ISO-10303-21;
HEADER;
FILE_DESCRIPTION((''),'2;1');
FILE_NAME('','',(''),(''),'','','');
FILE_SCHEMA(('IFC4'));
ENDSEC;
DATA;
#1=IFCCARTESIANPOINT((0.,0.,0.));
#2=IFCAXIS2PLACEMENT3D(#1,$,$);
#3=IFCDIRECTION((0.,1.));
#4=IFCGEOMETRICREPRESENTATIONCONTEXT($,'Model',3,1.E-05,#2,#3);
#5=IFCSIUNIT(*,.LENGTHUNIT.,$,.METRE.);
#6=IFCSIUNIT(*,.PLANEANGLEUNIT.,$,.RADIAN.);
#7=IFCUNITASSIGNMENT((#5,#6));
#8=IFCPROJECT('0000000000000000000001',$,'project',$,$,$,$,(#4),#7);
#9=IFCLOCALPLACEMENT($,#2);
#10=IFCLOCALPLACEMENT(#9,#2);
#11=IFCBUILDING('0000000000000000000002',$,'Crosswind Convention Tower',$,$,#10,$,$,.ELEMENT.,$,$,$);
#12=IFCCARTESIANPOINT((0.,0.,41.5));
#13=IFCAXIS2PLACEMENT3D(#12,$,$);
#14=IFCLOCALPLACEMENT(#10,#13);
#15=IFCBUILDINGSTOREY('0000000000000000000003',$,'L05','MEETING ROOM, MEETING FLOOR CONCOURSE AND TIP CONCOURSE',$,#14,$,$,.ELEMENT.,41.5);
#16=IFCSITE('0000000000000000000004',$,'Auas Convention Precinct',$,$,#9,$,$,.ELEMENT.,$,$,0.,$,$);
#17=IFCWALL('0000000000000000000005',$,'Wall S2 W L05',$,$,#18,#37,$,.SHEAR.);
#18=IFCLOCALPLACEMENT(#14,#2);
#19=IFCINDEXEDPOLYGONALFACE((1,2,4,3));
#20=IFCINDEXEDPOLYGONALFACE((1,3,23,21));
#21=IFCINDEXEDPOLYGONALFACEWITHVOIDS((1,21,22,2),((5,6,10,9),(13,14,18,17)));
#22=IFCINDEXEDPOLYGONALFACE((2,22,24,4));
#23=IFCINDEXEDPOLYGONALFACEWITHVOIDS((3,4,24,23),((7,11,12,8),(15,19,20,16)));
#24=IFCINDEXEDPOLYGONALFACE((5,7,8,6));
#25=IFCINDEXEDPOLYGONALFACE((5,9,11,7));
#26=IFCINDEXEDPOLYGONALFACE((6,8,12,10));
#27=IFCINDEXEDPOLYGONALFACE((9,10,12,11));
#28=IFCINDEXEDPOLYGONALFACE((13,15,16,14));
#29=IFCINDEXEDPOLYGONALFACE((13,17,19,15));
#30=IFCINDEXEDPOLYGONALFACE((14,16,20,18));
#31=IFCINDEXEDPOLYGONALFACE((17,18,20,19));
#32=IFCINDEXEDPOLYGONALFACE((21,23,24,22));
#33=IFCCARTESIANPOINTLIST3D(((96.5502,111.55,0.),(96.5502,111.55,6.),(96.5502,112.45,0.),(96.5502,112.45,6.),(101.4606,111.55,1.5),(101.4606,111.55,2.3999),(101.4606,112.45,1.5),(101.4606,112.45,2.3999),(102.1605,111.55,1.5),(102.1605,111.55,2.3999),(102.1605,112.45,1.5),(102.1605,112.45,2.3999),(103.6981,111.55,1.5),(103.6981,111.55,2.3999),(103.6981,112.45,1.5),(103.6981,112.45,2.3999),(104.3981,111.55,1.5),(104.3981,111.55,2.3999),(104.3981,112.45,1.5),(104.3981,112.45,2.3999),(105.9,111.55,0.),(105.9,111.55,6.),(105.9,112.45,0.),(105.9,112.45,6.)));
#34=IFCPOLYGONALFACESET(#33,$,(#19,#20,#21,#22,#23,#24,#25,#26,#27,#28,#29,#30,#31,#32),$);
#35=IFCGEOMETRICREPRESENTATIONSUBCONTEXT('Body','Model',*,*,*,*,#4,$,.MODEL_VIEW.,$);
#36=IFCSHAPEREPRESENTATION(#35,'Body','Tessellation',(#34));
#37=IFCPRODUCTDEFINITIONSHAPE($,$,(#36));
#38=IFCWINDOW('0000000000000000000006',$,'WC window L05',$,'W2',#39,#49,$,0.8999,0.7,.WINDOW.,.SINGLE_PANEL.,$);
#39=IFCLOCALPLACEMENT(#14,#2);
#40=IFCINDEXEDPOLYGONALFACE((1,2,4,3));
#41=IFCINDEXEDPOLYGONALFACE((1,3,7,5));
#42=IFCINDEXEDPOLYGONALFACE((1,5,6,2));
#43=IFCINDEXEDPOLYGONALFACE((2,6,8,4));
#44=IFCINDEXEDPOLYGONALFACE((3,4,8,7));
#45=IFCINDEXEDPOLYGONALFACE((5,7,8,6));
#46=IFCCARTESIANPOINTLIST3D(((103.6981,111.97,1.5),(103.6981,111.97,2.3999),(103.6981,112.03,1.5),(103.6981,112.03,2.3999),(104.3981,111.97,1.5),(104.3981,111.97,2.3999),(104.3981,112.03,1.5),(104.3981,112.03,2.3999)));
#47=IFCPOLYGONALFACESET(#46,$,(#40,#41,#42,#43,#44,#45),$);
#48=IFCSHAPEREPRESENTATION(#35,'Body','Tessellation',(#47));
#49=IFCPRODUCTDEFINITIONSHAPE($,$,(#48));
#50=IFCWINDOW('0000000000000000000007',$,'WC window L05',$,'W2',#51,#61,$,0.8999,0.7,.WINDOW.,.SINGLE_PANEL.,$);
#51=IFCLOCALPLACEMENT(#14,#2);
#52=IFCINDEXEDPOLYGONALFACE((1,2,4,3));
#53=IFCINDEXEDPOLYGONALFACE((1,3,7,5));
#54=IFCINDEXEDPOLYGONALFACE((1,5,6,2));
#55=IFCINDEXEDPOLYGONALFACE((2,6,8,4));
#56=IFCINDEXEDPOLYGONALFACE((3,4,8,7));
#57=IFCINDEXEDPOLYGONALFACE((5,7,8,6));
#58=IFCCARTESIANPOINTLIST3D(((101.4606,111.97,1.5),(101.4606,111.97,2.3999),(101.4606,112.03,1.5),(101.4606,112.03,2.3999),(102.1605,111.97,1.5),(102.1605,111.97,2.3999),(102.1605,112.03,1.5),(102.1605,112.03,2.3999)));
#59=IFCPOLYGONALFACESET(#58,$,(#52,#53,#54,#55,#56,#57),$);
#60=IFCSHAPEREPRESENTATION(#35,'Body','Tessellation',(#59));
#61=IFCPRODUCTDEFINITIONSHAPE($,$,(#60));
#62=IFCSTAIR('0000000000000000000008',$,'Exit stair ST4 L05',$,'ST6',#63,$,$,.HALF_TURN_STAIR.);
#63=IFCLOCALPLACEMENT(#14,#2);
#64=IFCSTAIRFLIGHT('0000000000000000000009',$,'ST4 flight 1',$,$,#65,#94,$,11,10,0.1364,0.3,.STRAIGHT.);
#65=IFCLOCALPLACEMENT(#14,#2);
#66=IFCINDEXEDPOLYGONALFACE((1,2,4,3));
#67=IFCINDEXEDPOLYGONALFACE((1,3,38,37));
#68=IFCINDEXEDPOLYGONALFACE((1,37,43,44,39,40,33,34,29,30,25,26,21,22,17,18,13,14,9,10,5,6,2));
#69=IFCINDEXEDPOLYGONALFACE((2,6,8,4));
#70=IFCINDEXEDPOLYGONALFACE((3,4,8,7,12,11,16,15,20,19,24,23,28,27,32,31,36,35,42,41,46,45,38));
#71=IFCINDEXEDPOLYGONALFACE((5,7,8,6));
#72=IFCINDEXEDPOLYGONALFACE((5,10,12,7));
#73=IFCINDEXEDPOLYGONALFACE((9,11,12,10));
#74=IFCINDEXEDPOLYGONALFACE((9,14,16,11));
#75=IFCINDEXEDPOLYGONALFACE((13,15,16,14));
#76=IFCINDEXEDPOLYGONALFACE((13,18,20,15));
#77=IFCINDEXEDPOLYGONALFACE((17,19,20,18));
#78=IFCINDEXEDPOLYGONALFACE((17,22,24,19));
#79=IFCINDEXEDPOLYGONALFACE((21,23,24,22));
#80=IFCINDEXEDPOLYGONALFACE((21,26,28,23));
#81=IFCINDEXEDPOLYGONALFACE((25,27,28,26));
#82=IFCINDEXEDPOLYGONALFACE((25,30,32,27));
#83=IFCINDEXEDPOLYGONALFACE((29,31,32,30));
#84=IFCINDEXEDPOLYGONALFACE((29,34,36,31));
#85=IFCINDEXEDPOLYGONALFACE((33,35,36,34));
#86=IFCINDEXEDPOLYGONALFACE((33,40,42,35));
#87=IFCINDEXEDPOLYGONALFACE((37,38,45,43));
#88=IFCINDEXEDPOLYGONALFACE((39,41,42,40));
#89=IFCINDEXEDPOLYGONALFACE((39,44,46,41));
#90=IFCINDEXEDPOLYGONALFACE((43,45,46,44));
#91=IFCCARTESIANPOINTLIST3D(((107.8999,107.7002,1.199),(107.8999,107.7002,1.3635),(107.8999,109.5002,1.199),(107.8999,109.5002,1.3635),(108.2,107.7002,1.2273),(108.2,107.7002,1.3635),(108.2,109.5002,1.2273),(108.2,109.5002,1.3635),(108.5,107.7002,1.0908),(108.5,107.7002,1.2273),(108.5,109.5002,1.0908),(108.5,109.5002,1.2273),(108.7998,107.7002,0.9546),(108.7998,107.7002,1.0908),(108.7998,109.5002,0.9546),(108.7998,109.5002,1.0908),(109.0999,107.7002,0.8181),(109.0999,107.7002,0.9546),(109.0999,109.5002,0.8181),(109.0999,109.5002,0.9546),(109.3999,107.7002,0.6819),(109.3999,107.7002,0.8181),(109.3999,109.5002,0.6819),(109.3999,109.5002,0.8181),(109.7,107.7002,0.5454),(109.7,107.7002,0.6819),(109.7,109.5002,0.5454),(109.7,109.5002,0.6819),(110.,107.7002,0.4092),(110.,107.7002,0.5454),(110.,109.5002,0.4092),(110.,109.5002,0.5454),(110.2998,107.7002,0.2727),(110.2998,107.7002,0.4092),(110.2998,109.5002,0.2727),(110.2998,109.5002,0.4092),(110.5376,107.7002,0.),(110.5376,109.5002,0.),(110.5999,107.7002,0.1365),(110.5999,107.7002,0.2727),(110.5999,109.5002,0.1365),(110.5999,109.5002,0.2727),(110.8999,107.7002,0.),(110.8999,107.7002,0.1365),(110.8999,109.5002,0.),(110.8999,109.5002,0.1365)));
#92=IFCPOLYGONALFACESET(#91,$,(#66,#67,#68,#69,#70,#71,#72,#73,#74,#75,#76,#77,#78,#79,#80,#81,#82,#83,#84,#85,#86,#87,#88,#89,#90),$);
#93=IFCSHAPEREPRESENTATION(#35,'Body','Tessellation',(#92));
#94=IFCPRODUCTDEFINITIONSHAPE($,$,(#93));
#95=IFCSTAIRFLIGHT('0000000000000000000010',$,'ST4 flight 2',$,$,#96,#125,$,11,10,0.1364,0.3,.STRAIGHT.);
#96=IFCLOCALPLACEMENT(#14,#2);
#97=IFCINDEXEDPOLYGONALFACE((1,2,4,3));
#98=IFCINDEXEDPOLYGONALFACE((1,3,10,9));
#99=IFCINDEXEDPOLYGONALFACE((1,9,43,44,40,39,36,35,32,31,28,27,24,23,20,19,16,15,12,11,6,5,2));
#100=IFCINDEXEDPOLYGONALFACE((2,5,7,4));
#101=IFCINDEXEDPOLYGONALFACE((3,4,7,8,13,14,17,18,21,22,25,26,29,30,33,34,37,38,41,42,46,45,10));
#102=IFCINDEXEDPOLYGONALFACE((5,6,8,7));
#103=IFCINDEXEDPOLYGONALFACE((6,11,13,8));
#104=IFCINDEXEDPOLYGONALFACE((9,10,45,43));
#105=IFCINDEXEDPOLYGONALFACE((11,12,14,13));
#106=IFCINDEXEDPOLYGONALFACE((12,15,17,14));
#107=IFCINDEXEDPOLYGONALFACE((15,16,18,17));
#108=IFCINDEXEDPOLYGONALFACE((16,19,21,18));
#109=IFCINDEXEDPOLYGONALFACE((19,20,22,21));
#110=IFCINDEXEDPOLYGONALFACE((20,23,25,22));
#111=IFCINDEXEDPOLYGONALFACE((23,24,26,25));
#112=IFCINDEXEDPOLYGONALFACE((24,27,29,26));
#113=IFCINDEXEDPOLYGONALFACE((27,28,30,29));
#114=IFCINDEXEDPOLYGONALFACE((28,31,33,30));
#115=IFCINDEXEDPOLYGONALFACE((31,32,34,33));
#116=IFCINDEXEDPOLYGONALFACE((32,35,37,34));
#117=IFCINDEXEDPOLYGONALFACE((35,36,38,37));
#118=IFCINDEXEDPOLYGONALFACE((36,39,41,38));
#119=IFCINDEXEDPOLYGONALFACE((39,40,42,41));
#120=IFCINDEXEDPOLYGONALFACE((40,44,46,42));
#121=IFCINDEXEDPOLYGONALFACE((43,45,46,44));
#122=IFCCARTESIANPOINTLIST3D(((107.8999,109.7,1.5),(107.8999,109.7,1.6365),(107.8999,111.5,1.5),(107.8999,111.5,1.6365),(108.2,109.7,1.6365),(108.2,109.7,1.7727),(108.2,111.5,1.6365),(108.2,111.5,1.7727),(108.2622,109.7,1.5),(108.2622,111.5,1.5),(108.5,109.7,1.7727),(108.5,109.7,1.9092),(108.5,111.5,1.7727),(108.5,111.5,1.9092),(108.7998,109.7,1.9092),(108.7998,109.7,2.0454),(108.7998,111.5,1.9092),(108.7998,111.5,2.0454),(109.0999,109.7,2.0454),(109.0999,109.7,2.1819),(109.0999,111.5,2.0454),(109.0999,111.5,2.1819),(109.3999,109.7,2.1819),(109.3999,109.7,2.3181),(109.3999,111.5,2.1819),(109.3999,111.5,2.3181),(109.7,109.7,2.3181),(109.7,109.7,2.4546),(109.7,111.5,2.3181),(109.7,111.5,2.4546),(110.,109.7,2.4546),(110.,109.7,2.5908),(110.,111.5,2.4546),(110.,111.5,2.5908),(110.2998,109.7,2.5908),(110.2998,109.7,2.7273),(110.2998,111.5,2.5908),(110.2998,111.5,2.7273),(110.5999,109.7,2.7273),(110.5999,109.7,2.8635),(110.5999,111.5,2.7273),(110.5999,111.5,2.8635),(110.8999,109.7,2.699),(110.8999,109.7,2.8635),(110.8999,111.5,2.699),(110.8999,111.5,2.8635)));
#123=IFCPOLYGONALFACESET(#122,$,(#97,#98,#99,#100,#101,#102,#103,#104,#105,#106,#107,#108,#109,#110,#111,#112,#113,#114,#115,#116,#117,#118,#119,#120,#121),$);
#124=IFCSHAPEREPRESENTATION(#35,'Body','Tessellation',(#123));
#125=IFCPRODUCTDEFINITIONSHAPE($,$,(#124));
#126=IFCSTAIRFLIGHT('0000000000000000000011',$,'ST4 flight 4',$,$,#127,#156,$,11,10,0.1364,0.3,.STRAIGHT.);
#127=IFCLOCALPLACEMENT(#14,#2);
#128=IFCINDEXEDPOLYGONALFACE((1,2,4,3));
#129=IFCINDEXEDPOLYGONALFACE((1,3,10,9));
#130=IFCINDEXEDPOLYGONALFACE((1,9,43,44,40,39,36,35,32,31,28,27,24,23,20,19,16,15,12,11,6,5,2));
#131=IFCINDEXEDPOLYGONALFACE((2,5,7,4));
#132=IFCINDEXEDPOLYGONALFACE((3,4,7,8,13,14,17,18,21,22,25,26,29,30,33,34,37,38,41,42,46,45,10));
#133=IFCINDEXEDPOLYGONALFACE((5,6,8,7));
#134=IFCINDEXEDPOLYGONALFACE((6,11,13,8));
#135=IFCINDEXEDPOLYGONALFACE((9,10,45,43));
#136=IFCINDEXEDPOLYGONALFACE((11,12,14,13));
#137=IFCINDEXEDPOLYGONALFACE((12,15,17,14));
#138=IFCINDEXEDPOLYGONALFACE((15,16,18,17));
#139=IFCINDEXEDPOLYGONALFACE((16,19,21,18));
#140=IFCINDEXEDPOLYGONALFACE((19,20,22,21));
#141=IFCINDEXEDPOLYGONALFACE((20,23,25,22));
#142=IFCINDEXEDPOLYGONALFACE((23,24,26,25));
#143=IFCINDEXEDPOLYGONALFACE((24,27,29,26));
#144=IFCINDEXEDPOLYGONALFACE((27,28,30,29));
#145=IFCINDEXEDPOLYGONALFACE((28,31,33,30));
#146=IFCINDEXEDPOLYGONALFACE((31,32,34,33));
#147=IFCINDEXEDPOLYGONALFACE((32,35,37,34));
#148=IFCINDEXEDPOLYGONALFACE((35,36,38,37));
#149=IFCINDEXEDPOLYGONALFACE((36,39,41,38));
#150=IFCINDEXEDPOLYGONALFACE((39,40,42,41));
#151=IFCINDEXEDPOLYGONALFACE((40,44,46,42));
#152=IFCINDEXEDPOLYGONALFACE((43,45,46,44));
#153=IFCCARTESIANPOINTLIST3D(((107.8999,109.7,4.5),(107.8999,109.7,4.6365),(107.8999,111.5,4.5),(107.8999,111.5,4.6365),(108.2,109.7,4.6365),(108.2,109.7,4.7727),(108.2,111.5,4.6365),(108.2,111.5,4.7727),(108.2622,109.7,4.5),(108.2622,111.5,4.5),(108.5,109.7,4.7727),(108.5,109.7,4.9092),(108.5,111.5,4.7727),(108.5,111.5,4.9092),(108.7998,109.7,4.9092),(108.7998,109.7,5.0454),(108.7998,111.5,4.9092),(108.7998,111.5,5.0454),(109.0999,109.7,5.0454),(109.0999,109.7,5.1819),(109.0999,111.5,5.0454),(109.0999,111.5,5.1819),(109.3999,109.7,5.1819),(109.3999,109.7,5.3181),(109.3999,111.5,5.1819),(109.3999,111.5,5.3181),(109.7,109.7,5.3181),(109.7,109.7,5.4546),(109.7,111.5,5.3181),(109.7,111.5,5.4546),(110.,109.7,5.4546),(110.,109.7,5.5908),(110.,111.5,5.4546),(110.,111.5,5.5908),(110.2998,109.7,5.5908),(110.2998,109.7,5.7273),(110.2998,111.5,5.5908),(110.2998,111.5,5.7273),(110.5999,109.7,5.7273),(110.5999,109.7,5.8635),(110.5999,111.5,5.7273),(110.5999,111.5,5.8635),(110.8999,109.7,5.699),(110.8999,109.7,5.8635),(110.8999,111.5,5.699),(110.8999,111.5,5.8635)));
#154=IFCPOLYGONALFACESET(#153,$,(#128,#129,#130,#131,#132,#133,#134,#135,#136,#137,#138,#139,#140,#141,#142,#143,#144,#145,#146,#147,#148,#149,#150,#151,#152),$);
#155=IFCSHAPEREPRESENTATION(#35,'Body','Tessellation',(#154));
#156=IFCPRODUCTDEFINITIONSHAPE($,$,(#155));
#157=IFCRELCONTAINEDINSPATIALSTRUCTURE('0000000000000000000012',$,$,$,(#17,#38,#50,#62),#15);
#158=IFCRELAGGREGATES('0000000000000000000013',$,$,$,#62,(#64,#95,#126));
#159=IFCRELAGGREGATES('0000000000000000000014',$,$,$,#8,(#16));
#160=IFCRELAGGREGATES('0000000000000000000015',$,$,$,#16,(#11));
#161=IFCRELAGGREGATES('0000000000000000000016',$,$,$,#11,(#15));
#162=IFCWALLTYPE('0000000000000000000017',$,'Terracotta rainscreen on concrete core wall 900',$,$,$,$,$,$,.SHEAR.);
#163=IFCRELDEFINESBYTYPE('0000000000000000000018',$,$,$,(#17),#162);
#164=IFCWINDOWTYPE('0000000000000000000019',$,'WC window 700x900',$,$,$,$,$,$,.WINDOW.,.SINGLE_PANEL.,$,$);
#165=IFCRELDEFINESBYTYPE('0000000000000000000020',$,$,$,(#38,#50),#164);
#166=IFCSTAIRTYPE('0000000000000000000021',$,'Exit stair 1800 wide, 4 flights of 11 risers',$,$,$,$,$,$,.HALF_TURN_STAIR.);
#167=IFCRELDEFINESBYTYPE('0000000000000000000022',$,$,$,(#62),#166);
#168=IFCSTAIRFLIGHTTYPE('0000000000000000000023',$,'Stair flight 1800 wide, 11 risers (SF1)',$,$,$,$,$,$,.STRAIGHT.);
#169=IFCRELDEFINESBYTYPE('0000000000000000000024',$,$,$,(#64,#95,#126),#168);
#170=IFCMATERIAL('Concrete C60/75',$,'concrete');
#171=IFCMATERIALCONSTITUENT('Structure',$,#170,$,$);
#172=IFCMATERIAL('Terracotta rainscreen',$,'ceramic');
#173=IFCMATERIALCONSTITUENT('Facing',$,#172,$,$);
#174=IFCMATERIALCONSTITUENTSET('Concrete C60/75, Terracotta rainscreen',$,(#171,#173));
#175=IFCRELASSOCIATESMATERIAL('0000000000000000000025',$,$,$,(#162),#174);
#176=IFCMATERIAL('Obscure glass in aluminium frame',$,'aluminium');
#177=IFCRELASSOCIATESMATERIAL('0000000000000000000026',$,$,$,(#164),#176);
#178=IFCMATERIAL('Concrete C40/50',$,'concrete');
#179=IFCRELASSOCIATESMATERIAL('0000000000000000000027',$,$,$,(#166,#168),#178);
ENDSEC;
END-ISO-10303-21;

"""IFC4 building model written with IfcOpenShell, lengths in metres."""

from ifc_helpers import new_model, si_unit, direction, frame, frame_2d, origin, place, context, subcontext, project, spatial, polyline, rectangle, outline, extrude, material, constituent, constituent_set, type_object, element, fill, aggregate, save


model = new_model("IFC4")

# Units and contexts
model_context = context("Model", 3, precision=1e-05, world=origin(), true_north=direction((0.0, 1.0)))
body_context = subcontext(model_context, "Body", "Model", "MODEL_VIEW")
ifc_project = project(units=[si_unit("LENGTHUNIT", "METRE"), si_unit("PLANEANGLEUNIT", "RADIAN")], contexts=[model_context])

# Site, building, storey
site_placement = place(None, origin())
site = spatial("IfcSite", under=ifc_project, at=site_placement, Name="Auas Convention Precinct", CompositionType="ELEMENT", RefElevation=0.0)
building_placement = place(site_placement, origin())
building = spatial("IfcBuilding", under=site, at=building_placement, Name="Crosswind Convention Tower", CompositionType="ELEMENT")
storey_placement = place(building_placement, frame((0.0, 0.0, 41.5)))
storey = spatial("IfcBuildingStorey", under=building, at=storey_placement, Name="L05", Description="MEETING ROOM, MEETING FLOOR CONCOURSE AND TIP CONCOURSE", CompositionType="ELEMENT", Elevation=41.5)

# Wall, openings, windows
ifc_material_1 = material(Name="Concrete C60/75", Category="concrete")
ifc_constituent_1 = constituent(ifc_material_1, Name="Structure")
ifc_material_2 = material(Name="Terracotta rainscreen", Category="ceramic")
ifc_constituent_2 = constituent(ifc_material_2, Name="Facing")
ifc_constituent_set = constituent_set(constituents=[ifc_constituent_1, ifc_constituent_2], Name="Concrete C60/75, Terracotta rainscreen")
wall_type_1 = type_object("IfcWallType", Name="Terracotta rainscreen on concrete core wall 900", PredefinedType="SHEAR", material=ifc_constituent_set)
wall_1_placement = place(storey_placement, frame((105.8999, 112.0, 0.0), z_axis=(0.0, 0.0, 1.0), x_axis=(-1.0, 0.0, 0.0)))
wall_1 = element("IfcWall", 1, at=wall_1_placement, inside=storey, type_object=wall_type_1, Name="Wall S2 W L05", PredefinedType="SHEAR", context=body_context, shape_type="SweptSolid", body=[
    extrude(rectangle(XDim=9.3499, YDim=0.8999, at=frame_2d((4.6748, 0.0))), origin(), (0.0, 0.0, 1.0), 6.0),
])
opening_1_placement = place(wall_1_placement, frame((1.5017, 0.0, 1.5)))
opening_1 = element("IfcOpeningElement", 2, at=opening_1_placement, cuts=wall_1, PredefinedType="OPENING", context=body_context, shape_type="SweptSolid", body=[
    extrude(rectangle(XDim=0.7, YDim=0.8999, at=frame_2d((0.3501, 0.45))), frame((0.0, 0.46, 0.0), z_axis=(0.0, -1.0, 0.0), x_axis=(1.0, 0.0, 0.0)), (0.0, 0.0, 1.0), 0.9199),
])
opening_2_placement = place(wall_1_placement, frame((3.7393, 0.0, 1.5)))
opening_2 = element("IfcOpeningElement", 3, at=opening_2_placement, cuts=wall_1, PredefinedType="OPENING", context=body_context, shape_type="SweptSolid", body=[
    extrude(rectangle(XDim=0.7, YDim=0.8999, at=frame_2d((0.3501, 0.45))), frame((0.0, 0.46, 0.0), z_axis=(0.0, -1.0, 0.0), x_axis=(1.0, 0.0, 0.0)), (0.0, 0.0, 1.0), 0.9199),
])
ifc_material_3 = material(Name="Obscure glass in aluminium frame", Category="aluminium")
window_type = type_object("IfcWindowType", Name="WC window 700x900", PartitioningType="SINGLE_PANEL", PredefinedType="WINDOW", material=ifc_material_3)
window_1_placement = place(opening_1_placement, origin())
window_1 = element("IfcWindow", 4, at=window_1_placement, inside=storey, type_object=window_type, Name="WC window L05", ObjectType="W2", OverallHeight=0.8999, OverallWidth=0.7, PartitioningType="SINGLE_PANEL", PredefinedType="WINDOW", context=body_context, shape_type="SweptSolid", body=[
    extrude(rectangle(XDim=0.7, YDim=0.8999, at=frame_2d((0.3501, 0.45))), frame((0.0, 0.03, 0.0), z_axis=(0.0, -1.0, 0.0), x_axis=(1.0, 0.0, 0.0)), (0.0, 0.0, 1.0), 0.0601),
])
fill(opening_1, window_1)
window_2_placement = place(opening_2_placement, origin())
window_2 = element("IfcWindow", 5, at=window_2_placement, inside=storey, type_object=window_type, Name="WC window L05", ObjectType="W2", OverallHeight=0.8999, OverallWidth=0.7, PartitioningType="SINGLE_PANEL", PredefinedType="WINDOW", context=body_context, shape_type="SweptSolid", body=[
    extrude(rectangle(XDim=0.7, YDim=0.8999, at=frame_2d((0.3501, 0.45))), frame((0.0, 0.03, 0.0), z_axis=(0.0, -1.0, 0.0), x_axis=(1.0, 0.0, 0.0)), (0.0, 0.0, 1.0), 0.0601),
])
fill(opening_2, window_2)

# Stair, stair flights
ifc_material_4 = material(Name="Concrete C40/50", Category="concrete")
stair_type = type_object("IfcStairType", Name="Exit stair 1800 wide, 4 flights of 11 risers", PredefinedType="HALF_TURN_STAIR", material=ifc_material_4)
stair_placement = place(storey_placement, origin())
stair = element("IfcStair", 6, at=stair_placement, inside=storey, type_object=stair_type, Name="Exit stair ST4 L05", ObjectType="ST6", PredefinedType="HALF_TURN_STAIR")
stair_flight_type = type_object("IfcStairFlightType", Name="Stair flight 1800 wide, 11 risers (SF1)", PredefinedType="STRAIGHT", material=ifc_material_4)
stair_flight_1_placement = place(storey_placement, frame((110.8999, 108.6001, 0.0), z_axis=(0.0, 0.0, 1.0), x_axis=(-1.0, 0.0, 0.0)))
stair_flight_1 = element("IfcStairFlight", 7, at=stair_flight_1_placement, type_object=stair_flight_type, Name="ST4 flight 1", NumberOfRisers=11, NumberOfTreads=10, PredefinedType="STRAIGHT", RiserHeight=0.1364, TreadLength=0.3, context=body_context, shape_type="SweptSolid", body=[
    extrude(outline(polyline([(0.0, 0.0), (0.0, 0.1365), (0.3, 0.1365), (0.3, 0.2727), (0.6001, 0.2727), (0.6001, 0.4092), (0.8999, 0.4092), (0.8999, 0.5454), (1.2, 0.5454), (1.2, 0.6819), (1.5, 0.6819), (1.5, 0.8181), (1.8, 0.8181), (1.8, 0.9546), (2.1001, 0.9546), (2.1001, 1.0908), (2.3999, 1.0908), (2.3999, 1.2273), (2.7, 1.2273), (2.7, 1.3635), (3.0, 1.3635), (3.0, 1.5), (3.0, 1.199), (0.3623, 0.0), (0.0, 0.0)])), frame((0.0, 0.8999, 0.0), z_axis=(0.0, -1.0, 0.0), x_axis=(1.0, 0.0, 0.0)), (0.0, 0.0, 1.0), 1.8),
])
stair_flight_2_placement = place(storey_placement, frame((107.8999, 110.6001, 1.5), z_axis=(0.0, 0.0, 1.0), x_axis=(1.0, 0.0, 0.0)))
stair_flight_2 = element("IfcStairFlight", 8, at=stair_flight_2_placement, type_object=stair_flight_type, Name="ST4 flight 2", NumberOfRisers=11, NumberOfTreads=10, PredefinedType="STRAIGHT", RiserHeight=0.1364, TreadLength=0.3, context=body_context, shape_type="SweptSolid", body=[
    extrude(outline(polyline([(0.0, 0.0), (0.0, 0.1365), (0.3, 0.1365), (0.3, 0.2727), (0.6001, 0.2727), (0.6001, 0.4092), (0.8999, 0.4092), (0.8999, 0.5454), (1.2, 0.5454), (1.2, 0.6819), (1.5, 0.6819), (1.5, 0.8181), (1.8, 0.8181), (1.8, 0.9546), (2.1001, 0.9546), (2.1001, 1.0908), (2.3999, 1.0908), (2.3999, 1.2273), (2.7, 1.2273), (2.7, 1.3635), (3.0, 1.3635), (3.0, 1.5), (3.0, 1.199), (0.3623, 0.0), (0.0, 0.0)])), frame((0.0, 0.8999, 0.0), z_axis=(0.0, -1.0, 0.0), x_axis=(1.0, 0.0, 0.0)), (0.0, 0.0, 1.0), 1.8),
])
stair_flight_3_placement = place(storey_placement, frame((107.8999, 110.6001, 4.5), z_axis=(0.0, 0.0, 1.0), x_axis=(1.0, 0.0, 0.0)))
stair_flight_3 = element("IfcStairFlight", 9, at=stair_flight_3_placement, type_object=stair_flight_type, Name="ST4 flight 4", NumberOfRisers=11, NumberOfTreads=10, PredefinedType="STRAIGHT", RiserHeight=0.1364, TreadLength=0.3, context=body_context, shape_type="SweptSolid", body=[
    extrude(outline(polyline([(0.0, 0.0), (0.0, 0.1365), (0.3, 0.1365), (0.3, 0.2727), (0.6001, 0.2727), (0.6001, 0.4092), (0.8999, 0.4092), (0.8999, 0.5454), (1.2, 0.5454), (1.2, 0.6819), (1.5, 0.6819), (1.5, 0.8181), (1.8, 0.8181), (1.8, 0.9546), (2.1001, 0.9546), (2.1001, 1.0908), (2.3999, 1.0908), (2.3999, 1.2273), (2.7, 1.2273), (2.7, 1.3635), (3.0, 1.3635), (3.0, 1.5), (3.0, 1.199), (0.3623, 0.0), (0.0, 0.0)])), frame((0.0, 0.8999, 0.0), z_axis=(0.0, -1.0, 0.0), x_axis=(1.0, 0.0, 0.0)), (0.0, 0.0, 1.0), 1.8),
])
aggregate(stair, [stair_flight_1, stair_flight_2, stair_flight_3])

save(model, "model.ifc")
